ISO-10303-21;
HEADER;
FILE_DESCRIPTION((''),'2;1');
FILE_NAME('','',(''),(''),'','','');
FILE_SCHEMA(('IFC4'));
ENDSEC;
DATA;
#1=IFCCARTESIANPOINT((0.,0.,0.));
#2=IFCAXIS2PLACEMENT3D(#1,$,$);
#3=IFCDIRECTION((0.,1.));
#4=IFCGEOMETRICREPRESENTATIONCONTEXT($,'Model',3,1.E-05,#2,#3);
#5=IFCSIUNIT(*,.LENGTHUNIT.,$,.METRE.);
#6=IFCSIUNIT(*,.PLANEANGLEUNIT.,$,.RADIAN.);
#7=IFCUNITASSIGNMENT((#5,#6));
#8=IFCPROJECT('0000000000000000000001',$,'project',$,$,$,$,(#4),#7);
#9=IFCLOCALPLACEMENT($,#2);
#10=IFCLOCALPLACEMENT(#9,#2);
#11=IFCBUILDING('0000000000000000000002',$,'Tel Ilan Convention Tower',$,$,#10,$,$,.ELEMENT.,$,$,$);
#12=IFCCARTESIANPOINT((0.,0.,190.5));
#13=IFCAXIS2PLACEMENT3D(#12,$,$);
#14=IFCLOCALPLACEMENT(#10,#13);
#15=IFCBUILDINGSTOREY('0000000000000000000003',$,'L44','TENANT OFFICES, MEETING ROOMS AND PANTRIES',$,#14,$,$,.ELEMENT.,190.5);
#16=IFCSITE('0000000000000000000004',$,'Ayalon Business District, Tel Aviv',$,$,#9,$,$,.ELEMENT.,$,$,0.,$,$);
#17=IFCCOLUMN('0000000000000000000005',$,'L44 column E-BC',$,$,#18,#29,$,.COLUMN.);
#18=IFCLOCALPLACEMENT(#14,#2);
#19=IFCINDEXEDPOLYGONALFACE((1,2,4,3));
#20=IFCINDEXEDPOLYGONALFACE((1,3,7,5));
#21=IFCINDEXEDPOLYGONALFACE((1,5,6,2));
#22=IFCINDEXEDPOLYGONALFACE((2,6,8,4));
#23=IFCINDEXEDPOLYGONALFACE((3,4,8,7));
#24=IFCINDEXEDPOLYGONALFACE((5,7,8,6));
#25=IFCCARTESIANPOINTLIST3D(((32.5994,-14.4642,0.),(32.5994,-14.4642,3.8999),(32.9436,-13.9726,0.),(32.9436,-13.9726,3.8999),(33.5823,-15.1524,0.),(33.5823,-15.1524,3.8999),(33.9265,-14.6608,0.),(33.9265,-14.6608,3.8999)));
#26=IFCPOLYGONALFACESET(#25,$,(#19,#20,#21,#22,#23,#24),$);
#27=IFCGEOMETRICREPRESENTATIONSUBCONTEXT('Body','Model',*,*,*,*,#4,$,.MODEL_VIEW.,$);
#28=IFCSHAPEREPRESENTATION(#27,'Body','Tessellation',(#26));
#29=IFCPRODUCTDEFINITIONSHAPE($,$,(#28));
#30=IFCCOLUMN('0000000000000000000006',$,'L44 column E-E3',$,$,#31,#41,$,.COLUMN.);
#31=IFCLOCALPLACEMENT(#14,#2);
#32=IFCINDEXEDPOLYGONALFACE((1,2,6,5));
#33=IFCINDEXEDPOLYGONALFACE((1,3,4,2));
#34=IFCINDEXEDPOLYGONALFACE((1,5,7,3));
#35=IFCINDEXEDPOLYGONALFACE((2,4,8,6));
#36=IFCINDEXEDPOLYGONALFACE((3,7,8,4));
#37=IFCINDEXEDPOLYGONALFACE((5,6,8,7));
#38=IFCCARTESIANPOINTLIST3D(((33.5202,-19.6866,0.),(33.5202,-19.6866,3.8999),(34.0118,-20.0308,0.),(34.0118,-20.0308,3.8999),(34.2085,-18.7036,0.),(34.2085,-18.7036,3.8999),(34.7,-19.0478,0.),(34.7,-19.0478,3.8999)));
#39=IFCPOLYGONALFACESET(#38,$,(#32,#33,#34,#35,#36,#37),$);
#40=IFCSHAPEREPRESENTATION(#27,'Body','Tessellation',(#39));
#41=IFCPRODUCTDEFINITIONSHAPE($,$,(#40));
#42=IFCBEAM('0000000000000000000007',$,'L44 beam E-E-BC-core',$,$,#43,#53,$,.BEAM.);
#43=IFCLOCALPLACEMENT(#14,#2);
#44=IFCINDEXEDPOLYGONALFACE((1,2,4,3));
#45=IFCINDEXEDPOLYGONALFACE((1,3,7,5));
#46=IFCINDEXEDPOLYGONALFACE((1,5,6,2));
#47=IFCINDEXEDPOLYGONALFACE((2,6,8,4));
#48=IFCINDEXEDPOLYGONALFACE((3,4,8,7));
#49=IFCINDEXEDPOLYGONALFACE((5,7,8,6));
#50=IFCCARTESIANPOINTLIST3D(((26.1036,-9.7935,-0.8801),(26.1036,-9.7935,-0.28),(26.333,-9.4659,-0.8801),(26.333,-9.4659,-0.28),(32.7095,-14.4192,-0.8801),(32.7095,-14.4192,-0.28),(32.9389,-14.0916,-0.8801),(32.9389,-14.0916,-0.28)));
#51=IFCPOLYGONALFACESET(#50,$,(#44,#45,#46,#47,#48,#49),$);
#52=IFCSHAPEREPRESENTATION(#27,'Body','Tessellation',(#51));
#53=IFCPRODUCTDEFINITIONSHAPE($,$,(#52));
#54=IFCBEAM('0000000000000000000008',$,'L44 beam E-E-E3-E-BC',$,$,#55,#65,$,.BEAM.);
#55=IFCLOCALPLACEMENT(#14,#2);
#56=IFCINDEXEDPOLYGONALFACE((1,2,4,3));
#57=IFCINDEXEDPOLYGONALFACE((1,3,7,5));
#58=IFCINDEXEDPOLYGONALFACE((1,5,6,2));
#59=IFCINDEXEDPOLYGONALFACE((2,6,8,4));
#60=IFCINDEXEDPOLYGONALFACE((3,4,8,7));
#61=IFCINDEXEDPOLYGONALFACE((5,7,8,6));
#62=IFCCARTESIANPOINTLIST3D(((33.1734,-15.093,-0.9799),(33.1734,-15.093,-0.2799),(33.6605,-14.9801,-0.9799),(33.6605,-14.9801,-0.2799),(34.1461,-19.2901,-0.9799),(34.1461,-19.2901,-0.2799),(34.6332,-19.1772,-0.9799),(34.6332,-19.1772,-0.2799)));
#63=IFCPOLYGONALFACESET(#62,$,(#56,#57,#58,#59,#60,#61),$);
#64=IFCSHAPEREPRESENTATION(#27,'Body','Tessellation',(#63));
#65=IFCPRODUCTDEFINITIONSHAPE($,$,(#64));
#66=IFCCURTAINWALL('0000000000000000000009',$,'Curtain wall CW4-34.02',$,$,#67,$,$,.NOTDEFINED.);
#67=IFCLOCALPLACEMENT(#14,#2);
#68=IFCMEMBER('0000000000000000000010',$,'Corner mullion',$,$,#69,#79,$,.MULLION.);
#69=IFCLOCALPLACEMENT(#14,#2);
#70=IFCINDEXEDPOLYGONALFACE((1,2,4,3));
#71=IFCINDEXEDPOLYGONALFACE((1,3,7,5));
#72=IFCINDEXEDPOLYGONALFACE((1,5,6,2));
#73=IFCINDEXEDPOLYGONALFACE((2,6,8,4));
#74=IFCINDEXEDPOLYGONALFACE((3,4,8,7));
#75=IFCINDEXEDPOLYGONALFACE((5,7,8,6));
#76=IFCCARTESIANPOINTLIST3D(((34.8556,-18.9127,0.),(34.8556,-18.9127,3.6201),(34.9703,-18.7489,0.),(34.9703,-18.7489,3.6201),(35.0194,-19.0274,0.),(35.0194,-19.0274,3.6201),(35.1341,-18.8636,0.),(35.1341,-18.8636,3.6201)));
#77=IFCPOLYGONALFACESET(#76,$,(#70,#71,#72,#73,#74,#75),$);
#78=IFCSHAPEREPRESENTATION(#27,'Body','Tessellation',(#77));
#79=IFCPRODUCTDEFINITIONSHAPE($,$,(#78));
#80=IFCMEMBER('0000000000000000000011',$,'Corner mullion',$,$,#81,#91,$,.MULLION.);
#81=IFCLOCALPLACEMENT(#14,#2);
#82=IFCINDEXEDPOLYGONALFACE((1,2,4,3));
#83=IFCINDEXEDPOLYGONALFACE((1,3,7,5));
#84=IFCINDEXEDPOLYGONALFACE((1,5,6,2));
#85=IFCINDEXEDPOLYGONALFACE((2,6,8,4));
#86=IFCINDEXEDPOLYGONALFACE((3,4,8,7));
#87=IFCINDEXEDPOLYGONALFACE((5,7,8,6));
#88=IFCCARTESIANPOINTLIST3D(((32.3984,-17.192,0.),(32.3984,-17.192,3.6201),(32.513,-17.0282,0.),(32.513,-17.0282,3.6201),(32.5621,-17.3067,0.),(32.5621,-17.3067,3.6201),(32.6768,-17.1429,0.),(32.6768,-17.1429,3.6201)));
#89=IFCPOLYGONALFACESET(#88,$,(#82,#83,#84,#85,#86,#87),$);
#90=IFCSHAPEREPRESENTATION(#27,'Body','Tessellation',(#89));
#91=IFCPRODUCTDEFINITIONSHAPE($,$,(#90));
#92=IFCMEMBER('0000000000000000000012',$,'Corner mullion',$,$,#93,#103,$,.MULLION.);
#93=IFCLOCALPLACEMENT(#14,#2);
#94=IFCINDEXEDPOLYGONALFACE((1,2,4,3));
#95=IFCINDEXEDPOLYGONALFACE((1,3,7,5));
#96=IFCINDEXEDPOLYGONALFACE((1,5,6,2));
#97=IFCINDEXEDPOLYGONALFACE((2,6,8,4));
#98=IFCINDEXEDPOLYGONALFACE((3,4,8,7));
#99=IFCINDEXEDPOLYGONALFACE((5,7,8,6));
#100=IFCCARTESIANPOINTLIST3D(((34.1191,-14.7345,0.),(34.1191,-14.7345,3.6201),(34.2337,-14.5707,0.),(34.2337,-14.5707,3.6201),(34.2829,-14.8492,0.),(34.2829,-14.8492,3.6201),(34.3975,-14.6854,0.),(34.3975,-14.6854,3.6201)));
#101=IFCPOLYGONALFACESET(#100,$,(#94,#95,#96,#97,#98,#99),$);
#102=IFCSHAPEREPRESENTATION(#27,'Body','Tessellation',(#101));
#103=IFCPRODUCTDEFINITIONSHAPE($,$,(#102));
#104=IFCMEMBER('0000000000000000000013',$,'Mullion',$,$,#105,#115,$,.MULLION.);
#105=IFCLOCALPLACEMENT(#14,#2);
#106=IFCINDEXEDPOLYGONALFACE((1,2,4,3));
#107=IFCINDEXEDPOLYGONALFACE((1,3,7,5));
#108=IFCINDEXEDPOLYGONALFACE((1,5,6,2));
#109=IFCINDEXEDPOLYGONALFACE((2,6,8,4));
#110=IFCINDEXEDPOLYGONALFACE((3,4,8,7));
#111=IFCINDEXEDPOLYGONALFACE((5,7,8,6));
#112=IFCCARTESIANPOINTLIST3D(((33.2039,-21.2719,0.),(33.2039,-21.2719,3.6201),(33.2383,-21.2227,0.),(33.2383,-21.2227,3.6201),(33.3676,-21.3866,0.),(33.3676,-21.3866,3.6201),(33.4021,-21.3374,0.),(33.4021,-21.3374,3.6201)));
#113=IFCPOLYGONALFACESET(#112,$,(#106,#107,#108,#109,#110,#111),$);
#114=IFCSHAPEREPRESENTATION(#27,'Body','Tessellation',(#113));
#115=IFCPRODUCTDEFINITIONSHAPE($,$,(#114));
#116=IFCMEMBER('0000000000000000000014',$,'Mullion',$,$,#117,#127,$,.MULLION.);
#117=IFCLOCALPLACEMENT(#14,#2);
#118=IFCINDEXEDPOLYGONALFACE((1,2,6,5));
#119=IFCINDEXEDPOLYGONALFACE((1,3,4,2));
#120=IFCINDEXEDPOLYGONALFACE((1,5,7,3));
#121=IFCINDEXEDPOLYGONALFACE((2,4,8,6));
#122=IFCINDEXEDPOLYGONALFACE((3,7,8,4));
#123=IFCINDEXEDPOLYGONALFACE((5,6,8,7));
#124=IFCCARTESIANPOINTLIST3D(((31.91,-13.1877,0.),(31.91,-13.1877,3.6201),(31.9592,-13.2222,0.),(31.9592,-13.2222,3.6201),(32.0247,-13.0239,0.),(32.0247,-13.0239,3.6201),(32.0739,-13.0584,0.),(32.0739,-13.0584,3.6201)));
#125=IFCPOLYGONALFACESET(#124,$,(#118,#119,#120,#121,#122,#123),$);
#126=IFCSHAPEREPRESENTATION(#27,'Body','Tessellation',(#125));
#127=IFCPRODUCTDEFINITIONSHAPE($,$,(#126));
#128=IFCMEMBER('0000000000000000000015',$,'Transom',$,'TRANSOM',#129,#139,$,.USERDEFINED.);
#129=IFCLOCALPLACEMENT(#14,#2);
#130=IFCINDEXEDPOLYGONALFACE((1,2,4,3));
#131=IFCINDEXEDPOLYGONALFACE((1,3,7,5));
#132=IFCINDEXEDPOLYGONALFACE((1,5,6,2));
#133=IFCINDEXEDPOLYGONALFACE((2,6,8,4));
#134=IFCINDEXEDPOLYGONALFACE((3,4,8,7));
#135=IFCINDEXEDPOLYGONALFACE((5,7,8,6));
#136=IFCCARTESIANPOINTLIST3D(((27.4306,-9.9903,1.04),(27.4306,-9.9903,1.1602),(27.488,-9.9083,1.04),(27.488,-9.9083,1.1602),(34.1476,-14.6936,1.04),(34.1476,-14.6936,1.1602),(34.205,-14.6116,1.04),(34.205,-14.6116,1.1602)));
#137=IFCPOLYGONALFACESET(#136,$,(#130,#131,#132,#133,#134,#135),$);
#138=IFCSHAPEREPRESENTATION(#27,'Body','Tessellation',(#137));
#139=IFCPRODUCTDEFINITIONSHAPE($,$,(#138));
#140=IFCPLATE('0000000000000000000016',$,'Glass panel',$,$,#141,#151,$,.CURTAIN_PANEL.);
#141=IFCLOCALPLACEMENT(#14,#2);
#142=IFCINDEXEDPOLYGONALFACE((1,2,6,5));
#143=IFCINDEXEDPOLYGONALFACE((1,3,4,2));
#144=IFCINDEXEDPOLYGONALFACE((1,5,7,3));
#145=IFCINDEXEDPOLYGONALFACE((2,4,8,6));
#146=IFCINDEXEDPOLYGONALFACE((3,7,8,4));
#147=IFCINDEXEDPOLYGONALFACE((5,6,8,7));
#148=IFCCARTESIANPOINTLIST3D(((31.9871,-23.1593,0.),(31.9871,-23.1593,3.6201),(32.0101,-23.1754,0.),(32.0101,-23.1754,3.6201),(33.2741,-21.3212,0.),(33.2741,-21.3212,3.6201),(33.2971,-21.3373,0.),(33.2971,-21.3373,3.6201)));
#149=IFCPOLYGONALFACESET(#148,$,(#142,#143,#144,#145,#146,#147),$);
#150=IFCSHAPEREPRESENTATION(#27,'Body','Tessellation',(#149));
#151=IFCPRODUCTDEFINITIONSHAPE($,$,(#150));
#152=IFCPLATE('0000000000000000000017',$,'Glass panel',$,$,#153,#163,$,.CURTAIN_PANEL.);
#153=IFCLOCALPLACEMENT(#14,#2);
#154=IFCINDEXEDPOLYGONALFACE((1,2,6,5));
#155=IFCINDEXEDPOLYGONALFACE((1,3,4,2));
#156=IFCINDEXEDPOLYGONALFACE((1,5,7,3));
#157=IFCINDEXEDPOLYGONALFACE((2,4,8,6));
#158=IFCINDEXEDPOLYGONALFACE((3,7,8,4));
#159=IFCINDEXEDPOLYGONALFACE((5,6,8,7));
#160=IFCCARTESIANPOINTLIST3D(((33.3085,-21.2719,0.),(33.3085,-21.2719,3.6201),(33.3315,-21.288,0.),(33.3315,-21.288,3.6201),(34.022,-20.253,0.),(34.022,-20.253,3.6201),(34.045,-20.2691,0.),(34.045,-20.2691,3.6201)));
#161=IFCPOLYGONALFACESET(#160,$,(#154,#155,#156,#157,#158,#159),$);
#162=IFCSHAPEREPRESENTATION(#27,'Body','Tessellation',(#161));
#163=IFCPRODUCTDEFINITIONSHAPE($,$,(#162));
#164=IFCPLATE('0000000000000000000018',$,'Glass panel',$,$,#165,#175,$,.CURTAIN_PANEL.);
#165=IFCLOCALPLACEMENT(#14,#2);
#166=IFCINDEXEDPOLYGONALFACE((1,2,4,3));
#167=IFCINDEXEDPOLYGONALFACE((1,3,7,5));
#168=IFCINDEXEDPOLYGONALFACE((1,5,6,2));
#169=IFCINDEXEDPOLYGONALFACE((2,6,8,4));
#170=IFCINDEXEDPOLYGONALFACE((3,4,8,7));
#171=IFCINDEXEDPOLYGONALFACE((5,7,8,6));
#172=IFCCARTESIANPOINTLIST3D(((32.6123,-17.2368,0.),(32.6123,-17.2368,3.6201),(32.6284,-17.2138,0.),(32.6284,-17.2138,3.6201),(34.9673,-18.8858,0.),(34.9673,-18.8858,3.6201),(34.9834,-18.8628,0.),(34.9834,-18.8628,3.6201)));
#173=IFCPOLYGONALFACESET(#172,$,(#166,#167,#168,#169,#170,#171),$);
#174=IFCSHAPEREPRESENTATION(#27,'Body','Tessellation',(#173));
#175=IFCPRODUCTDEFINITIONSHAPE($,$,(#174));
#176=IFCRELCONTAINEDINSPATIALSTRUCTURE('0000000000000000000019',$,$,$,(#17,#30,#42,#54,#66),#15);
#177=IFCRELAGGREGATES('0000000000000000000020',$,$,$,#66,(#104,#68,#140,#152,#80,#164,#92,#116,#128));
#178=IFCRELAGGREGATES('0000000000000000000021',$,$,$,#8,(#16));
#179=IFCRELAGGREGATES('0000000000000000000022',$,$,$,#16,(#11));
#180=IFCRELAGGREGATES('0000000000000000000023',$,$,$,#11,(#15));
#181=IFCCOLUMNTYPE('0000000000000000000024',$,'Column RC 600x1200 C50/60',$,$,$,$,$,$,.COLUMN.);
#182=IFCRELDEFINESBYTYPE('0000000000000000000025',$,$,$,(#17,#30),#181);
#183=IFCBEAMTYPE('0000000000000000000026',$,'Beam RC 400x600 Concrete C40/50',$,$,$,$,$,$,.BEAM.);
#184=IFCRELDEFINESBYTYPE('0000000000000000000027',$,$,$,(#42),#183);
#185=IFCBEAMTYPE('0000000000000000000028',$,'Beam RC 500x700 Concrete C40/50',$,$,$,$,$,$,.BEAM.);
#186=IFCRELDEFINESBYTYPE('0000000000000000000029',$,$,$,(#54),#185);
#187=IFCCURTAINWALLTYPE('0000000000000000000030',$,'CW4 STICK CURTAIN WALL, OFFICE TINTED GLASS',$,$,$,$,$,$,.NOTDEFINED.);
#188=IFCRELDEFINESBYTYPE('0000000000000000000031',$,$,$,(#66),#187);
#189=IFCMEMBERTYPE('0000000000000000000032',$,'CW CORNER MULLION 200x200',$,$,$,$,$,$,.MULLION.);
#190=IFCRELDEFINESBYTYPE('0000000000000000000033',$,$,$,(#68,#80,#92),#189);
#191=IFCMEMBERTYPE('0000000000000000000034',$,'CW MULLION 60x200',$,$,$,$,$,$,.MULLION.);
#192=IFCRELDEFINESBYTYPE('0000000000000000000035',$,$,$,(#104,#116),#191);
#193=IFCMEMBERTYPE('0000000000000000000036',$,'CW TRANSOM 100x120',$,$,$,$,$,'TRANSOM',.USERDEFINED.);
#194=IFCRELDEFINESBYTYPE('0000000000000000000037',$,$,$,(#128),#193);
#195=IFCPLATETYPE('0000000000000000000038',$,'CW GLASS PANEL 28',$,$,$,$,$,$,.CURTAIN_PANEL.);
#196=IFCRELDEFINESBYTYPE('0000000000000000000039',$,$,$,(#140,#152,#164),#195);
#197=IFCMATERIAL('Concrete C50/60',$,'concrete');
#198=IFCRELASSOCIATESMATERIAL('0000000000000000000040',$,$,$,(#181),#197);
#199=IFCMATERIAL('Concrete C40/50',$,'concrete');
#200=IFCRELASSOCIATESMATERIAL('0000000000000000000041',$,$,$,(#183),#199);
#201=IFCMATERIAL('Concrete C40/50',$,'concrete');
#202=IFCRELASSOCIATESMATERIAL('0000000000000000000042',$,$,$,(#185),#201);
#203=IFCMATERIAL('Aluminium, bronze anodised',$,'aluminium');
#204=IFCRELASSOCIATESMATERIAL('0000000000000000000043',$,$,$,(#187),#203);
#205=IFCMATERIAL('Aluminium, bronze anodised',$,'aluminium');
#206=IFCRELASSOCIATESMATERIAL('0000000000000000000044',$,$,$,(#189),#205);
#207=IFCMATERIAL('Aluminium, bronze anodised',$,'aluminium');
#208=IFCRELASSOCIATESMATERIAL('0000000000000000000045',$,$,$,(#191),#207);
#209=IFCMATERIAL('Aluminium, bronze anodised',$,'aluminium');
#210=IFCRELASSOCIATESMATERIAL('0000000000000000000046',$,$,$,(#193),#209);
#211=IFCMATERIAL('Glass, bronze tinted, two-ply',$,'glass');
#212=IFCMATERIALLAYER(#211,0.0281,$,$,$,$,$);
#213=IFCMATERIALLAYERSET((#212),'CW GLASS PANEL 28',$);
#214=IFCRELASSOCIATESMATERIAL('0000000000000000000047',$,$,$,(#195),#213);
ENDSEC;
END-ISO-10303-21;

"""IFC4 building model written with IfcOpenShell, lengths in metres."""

from ifc_helpers import new_model, si_unit, direction, frame, origin, origin_2d, place, context, subcontext, project, spatial, rectangle, extrude, material, layer, layer_set, material_profile, profile_set, type_object, element, aggregate, save


model = new_model("IFC4")

# Units and contexts
model_context = context("Model", 3, precision=1e-05, world=origin(), true_north=direction((0.0, 1.0)))
body_context = subcontext(model_context, "Body", "Model", "MODEL_VIEW")
ifc_project = project(units=[si_unit("LENGTHUNIT", "METRE"), si_unit("PLANEANGLEUNIT", "RADIAN")], contexts=[model_context])

# Site, building, storey
site_placement = place(None, origin())
site = spatial("IfcSite", under=ifc_project, at=site_placement, Name="Ayalon Business District, Tel Aviv", CompositionType="ELEMENT", RefElevation=0.0)
building_placement = place(site_placement, origin())
building = spatial("IfcBuilding", under=site, at=building_placement, Name="Tel Ilan Convention Tower", CompositionType="ELEMENT")
storey_placement = place(building_placement, frame((0.0, 0.0, 190.5)))
storey = spatial("IfcBuildingStorey", under=building, at=storey_placement, Name="L44", Description="TENANT OFFICES, MEETING ROOMS AND PANTRIES", CompositionType="ELEMENT", Elevation=190.5)

# Columns
ifc_material_1 = material(Name="Concrete C50/60", Category="concrete")
ifc_material_profile_1 = material_profile(ifc_material_1, rectangle(XDim=1.2, YDim=0.6001, at=origin_2d()), Name="RC 600x1200")
ifc_profile_set_1 = profile_set([ifc_material_profile_1], Name="Concrete C50/60")
column_type = type_object("IfcColumnType", Name="Column RC 600x1200 C50/60", PredefinedType="COLUMN", material=ifc_profile_set_1)
for number, where, z_axis, x_axis, name in (
    (1, (33.2629, -14.5625, 0.0), (0.0, 0.0, 1.0), (0.819152, -0.573576, 0.0), "L44 column E-BC"),
    (2, (34.1101, -19.3672, 0.0), (0.0, 0.0, 1.0), (0.573576, 0.819152, 0.0), "L44 column E-E3"),
):
    element("IfcColumn", number, at=place(storey_placement, frame(where, z_axis=z_axis, x_axis=x_axis)), inside=storey, type_object=column_type, Name=name, PredefinedType="COLUMN", context=body_context, shape_type="SweptSolid", body=[
        extrude(rectangle(XDim=1.2, YDim=0.6001, at=origin_2d()), origin(), (0.0, 0.0, 1.0), 3.8999),
    ])

# Beams
ifc_material_2 = material(Name="Concrete C40/50", Category="concrete")
ifc_material_profile_2 = material_profile(ifc_material_2, rectangle(XDim=0.3999, YDim=0.6001, at=origin_2d()), Name="RC 400x600")
ifc_profile_set_2 = profile_set([ifc_material_profile_2], Name="Concrete C40/50")
beam_type_1 = type_object("IfcBeamType", Name="Beam RC 400x600 Concrete C40/50", PredefinedType="BEAM", material=ifc_profile_set_2)
beam_1_placement = place(storey_placement, frame((32.8242, -14.2554, -0.5801), z_axis=(-0.819141, 0.573592, 0.0), x_axis=(-0.573592, -0.819141, 0.0)))
element("IfcBeam", 3, at=beam_1_placement, inside=storey, type_object=beam_type_1, Name="L44 beam E-E-BC-core", PredefinedType="BEAM", context=body_context, shape_type="SweptSolid", body=[
    extrude(rectangle(XDim=0.3999, YDim=0.6001, at=origin_2d()), origin(), (0.0, 0.0, 1.0), 8.0645),
])
ifc_material_3 = material(Name="Concrete C40/50", Category="concrete")
ifc_material_profile_3 = material_profile(ifc_material_3, rectangle(XDim=0.5, YDim=0.7, at=origin_2d()), Name="RC 500x700")
ifc_profile_set_3 = profile_set([ifc_material_profile_3], Name="Concrete C40/50")
beam_type_2 = type_object("IfcBeamType", Name="Beam RC 500x700 Concrete C40/50", PredefinedType="BEAM", material=ifc_profile_set_3)
beam_2_placement = place(storey_placement, frame((34.3896, -19.2336, -0.6299), z_axis=(-0.225766, 0.974182, 0.0), x_axis=(-0.974182, -0.225766, 0.0)))
element("IfcBeam", 4, at=beam_2_placement, inside=storey, type_object=beam_type_2, Name="L44 beam E-E-E3-E-BC", PredefinedType="BEAM", context=body_context, shape_type="SweptSolid", body=[
    extrude(rectangle(XDim=0.5, YDim=0.7, at=origin_2d()), origin(), (0.0, 0.0, 1.0), 4.3083),
])

# Curtain wall, members, plates
ifc_material_4 = material(Name="Aluminium, bronze anodised", Category="aluminium")
curtain_wall_type = type_object("IfcCurtainWallType", Name="CW4 STICK CURTAIN WALL, OFFICE TINTED GLASS", PredefinedType="NOTDEFINED", material=ifc_material_4)
curtain_wall_placement = place(storey_placement, origin())
curtain_wall = element("IfcCurtainWall", 5, at=curtain_wall_placement, inside=storey, type_object=curtain_wall_type, Name="Curtain wall CW4-34.02", PredefinedType="NOTDEFINED")
ifc_material_5 = material(Name="Aluminium, bronze anodised", Category="aluminium")
ifc_material_profile_4 = material_profile(ifc_material_5, rectangle(XDim=0.2, YDim=0.2, at=origin_2d()), Name="CW CORNER MULLION 200x200")
ifc_profile_set_4 = profile_set([ifc_material_profile_4], Name="Aluminium, bronze anodised")
member_type_1 = type_object("IfcMemberType", Name="CW CORNER MULLION 200x200", PredefinedType="MULLION", material=ifc_profile_set_4)
member_1_placement = place(storey_placement, frame((34.9949, -18.8882, 0.0), z_axis=(0.0, 0.0, 1.0), x_axis=(0.573576, 0.819152, 0.0)))
member_1 = element("IfcMember", 6, at=member_1_placement, type_object=member_type_1, Name="Corner mullion", PredefinedType="MULLION", context=body_context, shape_type="SweptSolid", body=[
    extrude(rectangle(XDim=0.2, YDim=0.2, at=origin_2d()), origin(), (0.0, 0.0, 1.0), 3.6201),
])
member_2_placement = place(storey_placement, frame((32.5376, -17.1675, 0.0), z_axis=(0.0, 0.0, 1.0), x_axis=(-0.819152, 0.573576, 0.0)))
member_2 = element("IfcMember", 7, at=member_2_placement, type_object=member_type_1, Name="Corner mullion", PredefinedType="MULLION", context=body_context, shape_type="SweptSolid", body=[
    extrude(rectangle(XDim=0.2, YDim=0.2, at=origin_2d()), origin(), (0.0, 0.0, 1.0), 3.6201),
])
member_3_placement = place(storey_placement, frame((34.2583, -14.71, 0.0), z_axis=(0.0, 0.0, 1.0), x_axis=(0.573576, 0.819152, 0.0)))
member_3 = element("IfcMember", 8, at=member_3_placement, type_object=member_type_1, Name="Corner mullion", PredefinedType="MULLION", context=body_context, shape_type="SweptSolid", body=[
    extrude(rectangle(XDim=0.2, YDim=0.2, at=origin_2d()), origin(), (0.0, 0.0, 1.0), 3.6201),
])
ifc_material_6 = material(Name="Aluminium, bronze anodised", Category="aluminium")
ifc_material_profile_5 = material_profile(ifc_material_6, rectangle(XDim=0.0601, YDim=0.2, at=origin_2d()), Name="CW MULLION 60x200")
ifc_profile_set_5 = profile_set([ifc_material_profile_5], Name="Aluminium, bronze anodised")
member_type_2 = type_object("IfcMemberType", Name="CW MULLION 60x200", PredefinedType="MULLION", material=ifc_profile_set_5)
member_4_placement = place(storey_placement, frame((33.303, -21.3047, 0.0), z_axis=(0.0, 0.0, 1.0), x_axis=(0.573576, 0.819152, 0.0)))
member_4 = element("IfcMember", 9, at=member_4_placement, type_object=member_type_2, Name="Mullion", PredefinedType="MULLION", context=body_context, shape_type="SweptSolid", body=[
    extrude(rectangle(XDim=0.0601, YDim=0.2, at=origin_2d()), origin(), (0.0, 0.0, 1.0), 3.6201),
])
member_5_placement = place(storey_placement, frame((31.9919, -13.123, 0.0), z_axis=(0.0, 0.0, 1.0), x_axis=(-0.819152, 0.573576, 0.0)))
member_5 = element("IfcMember", 10, at=member_5_placement, type_object=member_type_2, Name="Mullion", PredefinedType="MULLION", context=body_context, shape_type="SweptSolid", body=[
    extrude(rectangle(XDim=0.0601, YDim=0.2, at=origin_2d()), origin(), (0.0, 0.0, 1.0), 3.6201),
])
ifc_material_7 = material(Name="Aluminium, bronze anodised", Category="aluminium")
ifc_material_profile_6 = material_profile(ifc_material_7, rectangle(XDim=0.1001, YDim=0.1201, at=origin_2d()), Name="CW TRANSOM 100x120")
ifc_profile_set_6 = profile_set([ifc_material_profile_6], Name="Aluminium, bronze anodised")
member_type_3 = type_object("IfcMemberType", Name="CW TRANSOM 100x120", ElementType="TRANSOM", PredefinedType="USERDEFINED", material=ifc_profile_set_6)
member_6_placement = place(storey_placement, frame((34.1763, -14.6526, 1.1001), z_axis=(-0.819149, 0.57358, 0.0), x_axis=(-0.57358, -0.819149, 0.0)))
member_6 = element("IfcMember", 11, at=member_6_placement, type_object=member_type_3, Name="Transom", ObjectType="TRANSOM", PredefinedType="USERDEFINED", context=body_context, shape_type="SweptSolid", body=[
    extrude(rectangle(XDim=0.1001, YDim=0.1201, at=origin_2d()), origin(), (0.0, 0.0, 1.0), 8.2),
])
ifc_material_8 = material(Name="Glass, bronze tinted, two-ply", Category="glass")
ifc_layer_1 = layer(ifc_material_8, 0.0281)
ifc_layer_set_1 = layer_set([ifc_layer_1], Name="CW GLASS PANEL 28")
plate_type = type_object("IfcPlateType", Name="CW GLASS PANEL 28", PredefinedType="CURTAIN_PANEL", material=ifc_layer_set_1)
plate_1_placement = place(storey_placement, frame((32.6421, -22.2483, 0.0), z_axis=(0.0, 0.0, 1.0), x_axis=(0.573576, 0.819152, 0.0)))
plate_1 = element("IfcPlate", 12, at=plate_1_placement, type_object=plate_type, Name="Glass panel", PredefinedType="CURTAIN_PANEL", context=body_context, shape_type="SweptSolid", body=[
    extrude(rectangle(XDim=2.2439, YDim=0.0281, at=origin_2d()), origin(), (0.0, 0.0, 1.0), 3.6201),
])
plate_2_placement = place(storey_placement, frame((33.6768, -20.7705, 0.0), z_axis=(0.0, 0.0, 1.0), x_axis=(0.573576, 0.819152, 0.0)))
plate_2 = element("IfcPlate", 13, at=plate_2_placement, type_object=plate_type, Name="Glass panel", PredefinedType="CURTAIN_PANEL", context=body_context, shape_type="SweptSolid", body=[
    extrude(rectangle(XDim=1.2439, YDim=0.0281, at=origin_2d()), origin(), (0.0, 0.0, 1.0), 3.6201),
])
plate_3_placement = place(storey_placement, frame((33.7979, -18.0498, 0.0), z_axis=(0.0, 0.0, 1.0), x_axis=(-0.819152, 0.573576, 0.0)))
plate_3 = element("IfcPlate", 14, at=plate_3_placement, type_object=plate_type, Name="Glass panel", PredefinedType="CURTAIN_PANEL", context=body_context, shape_type="SweptSolid", body=[
    extrude(rectangle(XDim=2.875, YDim=0.0281, at=origin_2d()), origin(), (0.0, 0.0, 1.0), 3.6201),
])
aggregate(curtain_wall, [member_4, member_1, plate_1, plate_2, member_2, plate_3, member_3, member_5, member_6])

save(model, "model.ifc")
